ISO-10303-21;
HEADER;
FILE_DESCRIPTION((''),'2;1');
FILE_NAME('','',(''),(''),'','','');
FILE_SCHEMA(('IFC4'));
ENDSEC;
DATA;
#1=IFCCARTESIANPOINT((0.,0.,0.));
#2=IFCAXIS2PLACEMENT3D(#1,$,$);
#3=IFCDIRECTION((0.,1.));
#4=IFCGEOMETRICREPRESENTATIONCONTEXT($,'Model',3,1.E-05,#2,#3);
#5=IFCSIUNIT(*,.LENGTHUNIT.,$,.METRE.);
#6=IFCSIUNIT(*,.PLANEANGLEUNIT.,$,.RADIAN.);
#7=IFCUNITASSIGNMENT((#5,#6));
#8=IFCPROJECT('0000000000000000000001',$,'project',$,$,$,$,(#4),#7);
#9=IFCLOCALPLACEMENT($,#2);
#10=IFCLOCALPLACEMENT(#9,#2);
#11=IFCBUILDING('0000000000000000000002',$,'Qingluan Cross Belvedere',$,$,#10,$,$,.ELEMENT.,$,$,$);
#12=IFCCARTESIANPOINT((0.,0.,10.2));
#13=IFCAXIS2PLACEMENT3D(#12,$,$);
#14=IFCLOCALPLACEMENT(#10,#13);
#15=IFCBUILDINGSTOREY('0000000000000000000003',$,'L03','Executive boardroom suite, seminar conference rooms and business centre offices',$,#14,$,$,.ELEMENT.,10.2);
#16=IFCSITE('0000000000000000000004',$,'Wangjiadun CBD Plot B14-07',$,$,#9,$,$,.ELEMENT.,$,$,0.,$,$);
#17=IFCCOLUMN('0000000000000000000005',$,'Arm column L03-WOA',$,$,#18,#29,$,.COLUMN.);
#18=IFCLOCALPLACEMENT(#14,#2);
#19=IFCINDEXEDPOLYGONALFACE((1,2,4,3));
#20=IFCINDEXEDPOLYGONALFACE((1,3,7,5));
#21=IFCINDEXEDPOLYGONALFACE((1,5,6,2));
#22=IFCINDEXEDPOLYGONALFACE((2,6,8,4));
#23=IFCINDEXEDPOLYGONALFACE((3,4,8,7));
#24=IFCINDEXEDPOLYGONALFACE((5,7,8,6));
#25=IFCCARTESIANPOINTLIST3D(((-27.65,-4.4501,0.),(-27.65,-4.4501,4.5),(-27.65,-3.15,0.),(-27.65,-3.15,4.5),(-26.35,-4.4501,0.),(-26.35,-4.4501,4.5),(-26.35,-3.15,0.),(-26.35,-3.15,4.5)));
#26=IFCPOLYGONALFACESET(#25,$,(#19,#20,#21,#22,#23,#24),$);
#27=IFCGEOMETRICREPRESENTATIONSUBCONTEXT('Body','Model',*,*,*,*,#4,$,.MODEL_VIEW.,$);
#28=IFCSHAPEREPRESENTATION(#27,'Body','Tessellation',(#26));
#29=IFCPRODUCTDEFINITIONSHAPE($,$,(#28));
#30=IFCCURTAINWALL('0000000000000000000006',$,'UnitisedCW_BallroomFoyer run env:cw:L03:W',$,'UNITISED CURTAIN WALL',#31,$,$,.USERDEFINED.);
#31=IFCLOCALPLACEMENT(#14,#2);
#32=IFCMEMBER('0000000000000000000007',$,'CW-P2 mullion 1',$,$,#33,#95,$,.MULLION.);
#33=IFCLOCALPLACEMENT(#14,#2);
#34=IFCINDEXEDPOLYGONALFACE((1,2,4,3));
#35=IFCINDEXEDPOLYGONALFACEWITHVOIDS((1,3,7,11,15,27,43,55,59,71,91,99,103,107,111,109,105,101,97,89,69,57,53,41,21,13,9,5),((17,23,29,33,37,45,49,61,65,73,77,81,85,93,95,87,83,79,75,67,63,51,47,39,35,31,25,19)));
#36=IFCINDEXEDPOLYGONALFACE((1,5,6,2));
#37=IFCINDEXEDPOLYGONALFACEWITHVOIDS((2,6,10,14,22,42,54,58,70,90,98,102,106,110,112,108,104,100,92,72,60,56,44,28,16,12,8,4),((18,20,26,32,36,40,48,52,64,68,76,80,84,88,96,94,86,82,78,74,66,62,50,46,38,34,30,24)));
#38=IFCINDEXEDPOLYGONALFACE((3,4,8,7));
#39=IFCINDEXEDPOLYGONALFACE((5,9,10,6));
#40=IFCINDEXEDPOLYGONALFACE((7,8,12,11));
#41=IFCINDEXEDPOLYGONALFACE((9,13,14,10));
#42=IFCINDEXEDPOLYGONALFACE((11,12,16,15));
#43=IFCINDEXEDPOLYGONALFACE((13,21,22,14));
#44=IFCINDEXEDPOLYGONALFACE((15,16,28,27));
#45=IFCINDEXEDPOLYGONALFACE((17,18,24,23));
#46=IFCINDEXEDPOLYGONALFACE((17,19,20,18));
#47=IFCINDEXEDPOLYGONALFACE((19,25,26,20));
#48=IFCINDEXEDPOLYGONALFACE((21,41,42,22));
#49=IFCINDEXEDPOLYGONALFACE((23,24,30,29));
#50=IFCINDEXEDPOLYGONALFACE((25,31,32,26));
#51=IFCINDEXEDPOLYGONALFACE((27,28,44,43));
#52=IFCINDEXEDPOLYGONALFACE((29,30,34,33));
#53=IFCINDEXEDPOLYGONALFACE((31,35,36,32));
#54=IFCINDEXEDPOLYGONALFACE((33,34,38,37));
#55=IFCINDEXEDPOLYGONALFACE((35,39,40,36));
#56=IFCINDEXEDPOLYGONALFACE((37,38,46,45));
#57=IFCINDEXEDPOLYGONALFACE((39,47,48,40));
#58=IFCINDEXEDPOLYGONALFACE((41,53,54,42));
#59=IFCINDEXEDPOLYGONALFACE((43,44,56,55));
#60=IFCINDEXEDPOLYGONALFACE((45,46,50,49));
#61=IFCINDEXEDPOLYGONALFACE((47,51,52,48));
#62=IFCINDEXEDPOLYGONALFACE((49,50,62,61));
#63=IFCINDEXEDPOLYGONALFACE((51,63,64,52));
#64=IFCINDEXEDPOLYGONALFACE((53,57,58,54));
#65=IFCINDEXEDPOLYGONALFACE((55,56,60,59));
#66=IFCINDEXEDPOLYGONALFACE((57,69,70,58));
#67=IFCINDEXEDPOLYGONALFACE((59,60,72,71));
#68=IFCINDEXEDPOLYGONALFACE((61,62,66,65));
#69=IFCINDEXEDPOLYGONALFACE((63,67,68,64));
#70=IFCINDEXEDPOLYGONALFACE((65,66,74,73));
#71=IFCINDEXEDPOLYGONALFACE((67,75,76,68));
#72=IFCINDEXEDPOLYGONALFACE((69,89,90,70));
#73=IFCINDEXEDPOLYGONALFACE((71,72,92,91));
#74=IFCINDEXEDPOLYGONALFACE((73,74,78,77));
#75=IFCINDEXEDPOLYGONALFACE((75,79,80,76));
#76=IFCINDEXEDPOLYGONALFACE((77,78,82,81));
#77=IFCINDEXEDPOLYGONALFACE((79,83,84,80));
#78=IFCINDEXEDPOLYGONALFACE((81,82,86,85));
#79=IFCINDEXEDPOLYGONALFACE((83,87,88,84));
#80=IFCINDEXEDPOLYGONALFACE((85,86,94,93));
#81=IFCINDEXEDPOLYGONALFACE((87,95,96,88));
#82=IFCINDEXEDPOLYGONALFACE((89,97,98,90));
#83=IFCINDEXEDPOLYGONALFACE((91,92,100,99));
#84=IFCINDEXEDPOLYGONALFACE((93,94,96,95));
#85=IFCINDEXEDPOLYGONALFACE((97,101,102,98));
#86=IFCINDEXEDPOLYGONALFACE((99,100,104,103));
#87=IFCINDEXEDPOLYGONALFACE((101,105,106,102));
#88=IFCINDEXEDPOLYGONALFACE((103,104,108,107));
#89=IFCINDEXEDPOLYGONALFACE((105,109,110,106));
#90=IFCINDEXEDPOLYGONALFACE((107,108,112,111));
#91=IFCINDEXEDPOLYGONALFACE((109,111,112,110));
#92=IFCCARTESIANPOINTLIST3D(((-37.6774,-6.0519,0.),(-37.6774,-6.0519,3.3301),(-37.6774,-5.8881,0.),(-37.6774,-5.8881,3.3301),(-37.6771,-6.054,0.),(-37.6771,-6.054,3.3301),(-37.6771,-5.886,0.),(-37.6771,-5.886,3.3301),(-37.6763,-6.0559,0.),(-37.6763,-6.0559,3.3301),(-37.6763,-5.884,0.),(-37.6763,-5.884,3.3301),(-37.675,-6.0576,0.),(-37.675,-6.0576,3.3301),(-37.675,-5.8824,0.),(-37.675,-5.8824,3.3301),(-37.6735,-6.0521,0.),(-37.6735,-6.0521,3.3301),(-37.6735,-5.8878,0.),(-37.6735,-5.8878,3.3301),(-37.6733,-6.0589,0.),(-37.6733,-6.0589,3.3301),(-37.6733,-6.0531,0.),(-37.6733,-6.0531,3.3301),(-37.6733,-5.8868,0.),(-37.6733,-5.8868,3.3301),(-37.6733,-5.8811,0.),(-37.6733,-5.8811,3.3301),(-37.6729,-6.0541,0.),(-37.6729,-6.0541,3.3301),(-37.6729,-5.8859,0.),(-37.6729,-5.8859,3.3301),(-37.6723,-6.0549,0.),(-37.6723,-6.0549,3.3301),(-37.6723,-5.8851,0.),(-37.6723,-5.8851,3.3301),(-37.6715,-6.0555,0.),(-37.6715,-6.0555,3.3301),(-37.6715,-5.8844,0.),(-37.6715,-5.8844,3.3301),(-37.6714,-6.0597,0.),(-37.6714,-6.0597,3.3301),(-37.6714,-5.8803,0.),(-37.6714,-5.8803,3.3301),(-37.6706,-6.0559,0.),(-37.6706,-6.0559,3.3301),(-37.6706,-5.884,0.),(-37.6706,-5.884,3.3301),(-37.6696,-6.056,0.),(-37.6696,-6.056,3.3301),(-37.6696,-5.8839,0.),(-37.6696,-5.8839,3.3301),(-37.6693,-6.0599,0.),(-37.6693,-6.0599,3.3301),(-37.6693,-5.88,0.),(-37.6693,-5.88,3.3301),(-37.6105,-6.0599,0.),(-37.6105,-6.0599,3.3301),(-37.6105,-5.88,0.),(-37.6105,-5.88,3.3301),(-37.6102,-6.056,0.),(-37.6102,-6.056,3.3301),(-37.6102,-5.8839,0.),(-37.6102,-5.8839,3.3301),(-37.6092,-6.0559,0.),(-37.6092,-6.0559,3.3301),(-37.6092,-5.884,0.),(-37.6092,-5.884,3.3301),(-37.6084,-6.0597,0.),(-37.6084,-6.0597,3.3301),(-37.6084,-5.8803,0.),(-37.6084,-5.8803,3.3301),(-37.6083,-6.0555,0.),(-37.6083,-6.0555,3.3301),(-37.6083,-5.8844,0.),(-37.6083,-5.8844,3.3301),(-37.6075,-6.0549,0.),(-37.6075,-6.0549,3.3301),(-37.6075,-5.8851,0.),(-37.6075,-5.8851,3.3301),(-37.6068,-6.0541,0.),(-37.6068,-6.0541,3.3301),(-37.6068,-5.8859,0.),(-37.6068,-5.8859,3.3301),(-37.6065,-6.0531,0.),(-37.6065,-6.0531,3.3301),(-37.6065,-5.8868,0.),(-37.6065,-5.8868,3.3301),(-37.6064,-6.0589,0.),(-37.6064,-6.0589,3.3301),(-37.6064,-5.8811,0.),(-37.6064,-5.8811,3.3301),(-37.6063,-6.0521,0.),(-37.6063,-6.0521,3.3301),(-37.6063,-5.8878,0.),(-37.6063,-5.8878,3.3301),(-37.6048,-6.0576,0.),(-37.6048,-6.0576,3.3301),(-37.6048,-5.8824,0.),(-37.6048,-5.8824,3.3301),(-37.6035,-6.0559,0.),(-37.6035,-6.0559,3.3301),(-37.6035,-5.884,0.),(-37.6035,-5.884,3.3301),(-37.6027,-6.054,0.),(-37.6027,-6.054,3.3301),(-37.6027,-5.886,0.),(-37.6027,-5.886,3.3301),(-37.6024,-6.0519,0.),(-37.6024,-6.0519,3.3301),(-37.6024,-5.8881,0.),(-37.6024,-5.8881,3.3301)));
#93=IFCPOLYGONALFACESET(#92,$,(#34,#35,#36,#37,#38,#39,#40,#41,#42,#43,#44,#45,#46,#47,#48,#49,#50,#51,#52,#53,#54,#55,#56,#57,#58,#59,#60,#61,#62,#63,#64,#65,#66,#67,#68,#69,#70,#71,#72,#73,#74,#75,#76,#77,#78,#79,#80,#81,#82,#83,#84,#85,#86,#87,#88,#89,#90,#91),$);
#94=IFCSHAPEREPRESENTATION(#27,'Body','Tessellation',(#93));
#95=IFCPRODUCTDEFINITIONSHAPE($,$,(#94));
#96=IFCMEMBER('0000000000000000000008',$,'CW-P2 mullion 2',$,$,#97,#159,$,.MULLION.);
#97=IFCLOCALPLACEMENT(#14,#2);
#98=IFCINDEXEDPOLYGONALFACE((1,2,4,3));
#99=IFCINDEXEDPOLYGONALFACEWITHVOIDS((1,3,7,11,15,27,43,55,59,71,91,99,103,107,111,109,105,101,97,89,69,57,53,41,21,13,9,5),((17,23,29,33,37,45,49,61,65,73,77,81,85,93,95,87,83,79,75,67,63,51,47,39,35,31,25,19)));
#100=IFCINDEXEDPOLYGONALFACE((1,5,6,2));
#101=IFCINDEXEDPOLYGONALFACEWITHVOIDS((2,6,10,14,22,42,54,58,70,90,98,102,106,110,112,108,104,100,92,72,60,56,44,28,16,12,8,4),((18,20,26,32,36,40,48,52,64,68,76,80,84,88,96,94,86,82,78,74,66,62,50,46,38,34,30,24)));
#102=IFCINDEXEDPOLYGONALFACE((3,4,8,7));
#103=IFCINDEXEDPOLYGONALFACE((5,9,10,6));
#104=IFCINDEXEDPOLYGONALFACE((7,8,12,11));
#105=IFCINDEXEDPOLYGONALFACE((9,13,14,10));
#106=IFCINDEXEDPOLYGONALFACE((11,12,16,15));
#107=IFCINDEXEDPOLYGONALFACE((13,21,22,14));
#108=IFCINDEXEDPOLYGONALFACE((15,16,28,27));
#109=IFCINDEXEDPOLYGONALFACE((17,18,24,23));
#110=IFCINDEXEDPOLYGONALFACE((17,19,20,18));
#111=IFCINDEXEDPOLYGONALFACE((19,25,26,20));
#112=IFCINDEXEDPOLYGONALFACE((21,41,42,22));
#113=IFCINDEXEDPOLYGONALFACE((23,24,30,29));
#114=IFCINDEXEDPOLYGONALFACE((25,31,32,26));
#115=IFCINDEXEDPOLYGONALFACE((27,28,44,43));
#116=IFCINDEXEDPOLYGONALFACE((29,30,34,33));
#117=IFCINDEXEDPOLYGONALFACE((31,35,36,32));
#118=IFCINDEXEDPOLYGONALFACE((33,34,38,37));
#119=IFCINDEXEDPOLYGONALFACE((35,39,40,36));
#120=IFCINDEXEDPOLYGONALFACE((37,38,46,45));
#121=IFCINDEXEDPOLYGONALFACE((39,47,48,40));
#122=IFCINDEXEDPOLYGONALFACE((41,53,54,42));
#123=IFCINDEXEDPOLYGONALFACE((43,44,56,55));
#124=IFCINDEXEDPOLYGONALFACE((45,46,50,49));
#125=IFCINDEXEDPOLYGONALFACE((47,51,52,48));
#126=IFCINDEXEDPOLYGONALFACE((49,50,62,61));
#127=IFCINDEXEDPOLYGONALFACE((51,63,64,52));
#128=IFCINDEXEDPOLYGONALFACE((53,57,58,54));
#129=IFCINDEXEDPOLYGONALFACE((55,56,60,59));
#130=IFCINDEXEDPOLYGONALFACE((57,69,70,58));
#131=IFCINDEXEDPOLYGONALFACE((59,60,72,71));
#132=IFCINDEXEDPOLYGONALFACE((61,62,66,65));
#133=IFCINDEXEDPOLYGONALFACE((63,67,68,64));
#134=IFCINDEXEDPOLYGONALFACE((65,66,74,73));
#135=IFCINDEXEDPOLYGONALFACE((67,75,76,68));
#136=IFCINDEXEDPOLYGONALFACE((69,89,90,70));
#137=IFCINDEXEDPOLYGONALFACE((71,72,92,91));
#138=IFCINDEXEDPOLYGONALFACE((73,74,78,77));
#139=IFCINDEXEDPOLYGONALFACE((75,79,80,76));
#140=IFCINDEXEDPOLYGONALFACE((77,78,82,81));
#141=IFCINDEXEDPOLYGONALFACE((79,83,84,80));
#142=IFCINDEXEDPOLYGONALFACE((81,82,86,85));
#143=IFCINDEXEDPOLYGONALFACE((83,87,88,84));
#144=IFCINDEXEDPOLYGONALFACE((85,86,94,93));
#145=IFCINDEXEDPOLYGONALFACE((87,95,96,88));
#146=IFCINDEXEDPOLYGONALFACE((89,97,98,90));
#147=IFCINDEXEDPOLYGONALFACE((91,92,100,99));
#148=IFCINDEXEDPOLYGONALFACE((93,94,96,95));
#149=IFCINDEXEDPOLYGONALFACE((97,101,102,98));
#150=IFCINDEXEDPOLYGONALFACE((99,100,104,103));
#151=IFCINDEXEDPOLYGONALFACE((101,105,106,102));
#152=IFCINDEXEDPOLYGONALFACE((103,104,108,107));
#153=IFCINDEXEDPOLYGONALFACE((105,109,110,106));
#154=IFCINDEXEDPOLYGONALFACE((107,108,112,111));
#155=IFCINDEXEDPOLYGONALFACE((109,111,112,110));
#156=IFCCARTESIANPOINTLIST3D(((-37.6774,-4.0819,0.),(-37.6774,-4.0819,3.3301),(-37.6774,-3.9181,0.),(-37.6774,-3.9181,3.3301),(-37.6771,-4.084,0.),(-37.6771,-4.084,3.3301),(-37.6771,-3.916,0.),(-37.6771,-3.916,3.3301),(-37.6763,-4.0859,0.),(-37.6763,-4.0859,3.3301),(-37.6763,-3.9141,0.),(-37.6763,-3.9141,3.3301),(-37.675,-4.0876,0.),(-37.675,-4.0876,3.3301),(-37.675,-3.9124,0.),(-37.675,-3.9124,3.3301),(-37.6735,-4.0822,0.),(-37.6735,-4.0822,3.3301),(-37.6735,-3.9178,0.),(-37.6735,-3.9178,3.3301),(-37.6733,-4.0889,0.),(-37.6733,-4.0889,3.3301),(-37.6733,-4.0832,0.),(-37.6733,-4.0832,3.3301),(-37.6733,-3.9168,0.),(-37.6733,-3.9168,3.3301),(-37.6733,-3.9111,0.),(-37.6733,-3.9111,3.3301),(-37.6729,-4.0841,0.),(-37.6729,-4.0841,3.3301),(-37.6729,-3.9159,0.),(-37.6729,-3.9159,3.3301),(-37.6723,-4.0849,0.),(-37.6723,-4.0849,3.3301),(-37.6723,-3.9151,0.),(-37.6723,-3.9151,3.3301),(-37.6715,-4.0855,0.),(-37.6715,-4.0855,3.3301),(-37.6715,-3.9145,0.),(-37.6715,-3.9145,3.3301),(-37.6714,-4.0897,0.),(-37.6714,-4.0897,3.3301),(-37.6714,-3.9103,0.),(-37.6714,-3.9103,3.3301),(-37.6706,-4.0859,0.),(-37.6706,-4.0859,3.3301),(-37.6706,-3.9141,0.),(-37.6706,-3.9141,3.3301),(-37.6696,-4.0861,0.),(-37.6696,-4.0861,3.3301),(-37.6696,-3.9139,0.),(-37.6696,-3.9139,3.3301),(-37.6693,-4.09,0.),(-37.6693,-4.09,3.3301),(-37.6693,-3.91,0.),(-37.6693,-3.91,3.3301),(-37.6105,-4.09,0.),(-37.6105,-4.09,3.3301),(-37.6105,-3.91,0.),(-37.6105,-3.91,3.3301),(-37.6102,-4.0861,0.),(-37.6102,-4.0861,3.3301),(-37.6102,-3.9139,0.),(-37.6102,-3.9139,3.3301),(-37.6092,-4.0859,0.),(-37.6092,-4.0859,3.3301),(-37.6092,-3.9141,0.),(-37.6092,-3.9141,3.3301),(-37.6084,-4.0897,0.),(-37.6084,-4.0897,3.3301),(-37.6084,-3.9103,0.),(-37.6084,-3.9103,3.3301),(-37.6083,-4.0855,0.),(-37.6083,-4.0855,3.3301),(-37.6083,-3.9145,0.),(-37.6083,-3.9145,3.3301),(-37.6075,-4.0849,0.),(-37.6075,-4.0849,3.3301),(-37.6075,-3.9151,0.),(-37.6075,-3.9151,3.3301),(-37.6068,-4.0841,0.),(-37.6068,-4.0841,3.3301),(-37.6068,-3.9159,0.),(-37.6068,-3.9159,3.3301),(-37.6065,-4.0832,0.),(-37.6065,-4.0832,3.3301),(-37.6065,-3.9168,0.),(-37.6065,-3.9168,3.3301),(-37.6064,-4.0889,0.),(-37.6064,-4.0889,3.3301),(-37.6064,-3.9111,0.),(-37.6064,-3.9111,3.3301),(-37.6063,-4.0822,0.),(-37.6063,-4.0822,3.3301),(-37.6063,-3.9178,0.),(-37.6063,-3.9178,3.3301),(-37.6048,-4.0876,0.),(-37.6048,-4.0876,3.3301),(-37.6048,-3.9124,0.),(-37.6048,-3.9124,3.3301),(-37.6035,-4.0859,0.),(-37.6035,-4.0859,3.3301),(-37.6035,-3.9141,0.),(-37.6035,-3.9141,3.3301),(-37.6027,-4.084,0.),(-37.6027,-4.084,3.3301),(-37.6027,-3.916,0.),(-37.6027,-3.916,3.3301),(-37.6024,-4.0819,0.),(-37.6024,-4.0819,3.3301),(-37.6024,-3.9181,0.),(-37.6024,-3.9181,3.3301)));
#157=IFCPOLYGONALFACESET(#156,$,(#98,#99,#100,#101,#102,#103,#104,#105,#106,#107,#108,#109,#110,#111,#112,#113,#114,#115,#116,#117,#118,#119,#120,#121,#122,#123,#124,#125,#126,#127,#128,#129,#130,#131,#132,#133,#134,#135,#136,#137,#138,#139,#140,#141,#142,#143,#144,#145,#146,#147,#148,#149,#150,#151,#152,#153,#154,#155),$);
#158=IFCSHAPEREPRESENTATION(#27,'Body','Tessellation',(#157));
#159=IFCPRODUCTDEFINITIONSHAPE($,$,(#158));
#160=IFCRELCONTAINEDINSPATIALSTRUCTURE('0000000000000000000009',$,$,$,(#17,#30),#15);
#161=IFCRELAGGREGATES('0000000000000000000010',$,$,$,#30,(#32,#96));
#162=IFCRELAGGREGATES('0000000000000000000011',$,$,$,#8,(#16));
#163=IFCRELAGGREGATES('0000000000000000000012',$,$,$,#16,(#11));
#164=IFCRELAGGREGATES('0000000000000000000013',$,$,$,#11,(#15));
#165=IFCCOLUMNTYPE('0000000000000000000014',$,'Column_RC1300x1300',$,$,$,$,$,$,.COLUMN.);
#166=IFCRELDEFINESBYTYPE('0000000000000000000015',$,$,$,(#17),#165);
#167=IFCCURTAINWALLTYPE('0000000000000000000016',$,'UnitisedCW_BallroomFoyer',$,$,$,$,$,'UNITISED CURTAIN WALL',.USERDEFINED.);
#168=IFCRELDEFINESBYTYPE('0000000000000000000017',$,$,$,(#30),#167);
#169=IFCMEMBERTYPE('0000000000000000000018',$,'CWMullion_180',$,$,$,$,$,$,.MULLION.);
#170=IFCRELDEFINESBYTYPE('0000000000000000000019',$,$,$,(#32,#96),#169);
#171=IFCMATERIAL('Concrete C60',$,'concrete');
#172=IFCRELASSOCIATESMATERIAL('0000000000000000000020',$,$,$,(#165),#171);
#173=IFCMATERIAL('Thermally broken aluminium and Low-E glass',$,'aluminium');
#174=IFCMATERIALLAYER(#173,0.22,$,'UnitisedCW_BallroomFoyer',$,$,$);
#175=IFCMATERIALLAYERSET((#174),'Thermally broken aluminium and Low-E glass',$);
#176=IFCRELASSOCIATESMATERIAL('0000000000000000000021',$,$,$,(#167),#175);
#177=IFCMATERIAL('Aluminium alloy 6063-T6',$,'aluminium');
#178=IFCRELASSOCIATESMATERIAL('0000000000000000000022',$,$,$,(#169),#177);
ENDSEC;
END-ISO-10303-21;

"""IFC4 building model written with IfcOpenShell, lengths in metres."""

from ifc_helpers import new_model, si_unit, direction, frame, origin, origin_2d, place, context, subcontext, project, spatial, rectangle, hollow_rectangle, extrude, material, layer, layer_set, material_profile, profile_set, type_object, element, aggregate, save


model = new_model("IFC4")

# Units and contexts
model_context = context("Model", 3, precision=1e-05, world=origin(), true_north=direction((0.0, 1.0)))
body_context = subcontext(model_context, "Body", "Model", "MODEL_VIEW")
ifc_project = project(units=[si_unit("LENGTHUNIT", "METRE"), si_unit("PLANEANGLEUNIT", "RADIAN")], contexts=[model_context])

# Site, building, storey
site_placement = place(None, origin())
site = spatial("IfcSite", under=ifc_project, at=site_placement, Name="Wangjiadun CBD Plot B14-07", CompositionType="ELEMENT", RefElevation=0.0)
building_placement = place(site_placement, origin())
building = spatial("IfcBuilding", under=site, at=building_placement, Name="Qingluan Cross Belvedere", CompositionType="ELEMENT")
storey_placement = place(building_placement, frame((0.0, 0.0, 10.2)))
storey = spatial("IfcBuildingStorey", under=building, at=storey_placement, Name="L03", Description="Executive boardroom suite, seminar conference rooms and business centre offices", CompositionType="ELEMENT", Elevation=10.2)

# Column
ifc_material_1 = material(Name="Concrete C60", Category="concrete")
ifc_material_profile_1 = material_profile(ifc_material_1, rectangle(XDim=1.3, YDim=1.3, at=origin_2d()), Name="RC1300x1300")
ifc_profile_set_1 = profile_set([ifc_material_profile_1], Name="Concrete C60")
column_type = type_object("IfcColumnType", Name="Column_RC1300x1300", PredefinedType="COLUMN", material=ifc_profile_set_1)
column_placement = place(storey_placement, frame((-27.0, -3.8, 0.0), z_axis=(0.0, 0.0, 1.0), x_axis=(1.0, 0.0, 0.0)))
element("IfcColumn", 1, at=column_placement, inside=storey, type_object=column_type, Name="Arm column L03-WOA", PredefinedType="COLUMN", context=body_context, shape_type="SweptSolid", body=[
    extrude(rectangle(XDim=1.3, YDim=1.3, at=origin_2d()), origin(), (0.0, 0.0, 1.0), 4.5),
])

# Curtain wall, members
ifc_material_2 = material(Name="Thermally broken aluminium and Low-E glass", Category="aluminium")
ifc_layer_1 = layer(ifc_material_2, 0.22, Name="UnitisedCW_BallroomFoyer")
ifc_layer_set_1 = layer_set([ifc_layer_1], Name="Thermally broken aluminium and Low-E glass")
curtain_wall_type = type_object("IfcCurtainWallType", Name="UnitisedCW_BallroomFoyer", ElementType="UNITISED CURTAIN WALL", PredefinedType="USERDEFINED", material=ifc_layer_set_1)
curtain_wall_placement = place(storey_placement, origin())
curtain_wall = element("IfcCurtainWall", 2, at=curtain_wall_placement, inside=storey, type_object=curtain_wall_type, Name="UnitisedCW_BallroomFoyer run env:cw:L03:W", ObjectType="UNITISED CURTAIN WALL", PredefinedType="USERDEFINED")
ifc_material_3 = material(Name="Aluminium alloy 6063-T6", Category="aluminium")
ifc_material_profile_2 = material_profile(ifc_material_3, hollow_rectangle(XDim=0.075, YDim=0.1799, WallThickness=0.0039, InnerFilletRadius=0.0039, OuterFilletRadius=0.0081, at=origin_2d()), Name="CWM180x75x4")
ifc_profile_set_2 = profile_set([ifc_material_profile_2], Name="Aluminium alloy 6063-T6")
member_type_1 = type_object("IfcMemberType", Name="CWMullion_180", PredefinedType="MULLION", material=ifc_profile_set_2)
member_1_placement = place(storey_placement, frame((-37.6399, -5.97, 0.0), z_axis=(0.0, 0.0, 1.0), x_axis=(-1.0, 0.0, 0.0)))
member_1 = element("IfcMember", 3, at=member_1_placement, type_object=member_type_1, Name="CW-P2 mullion 1", PredefinedType="MULLION", context=body_context, shape_type="SweptSolid", body=[
    extrude(hollow_rectangle(XDim=0.075, YDim=0.1799, WallThickness=0.0039, InnerFilletRadius=0.0039, OuterFilletRadius=0.0081, at=origin_2d()), origin(), (0.0, 0.0, 1.0), 3.3301),
])
member_2_placement = place(storey_placement, frame((-37.6399, -4.0, 0.0), z_axis=(0.0, 0.0, 1.0), x_axis=(-1.0, 0.0, 0.0)))
member_2 = element("IfcMember", 4, at=member_2_placement, type_object=member_type_1, Name="CW-P2 mullion 2", PredefinedType="MULLION", context=body_context, shape_type="SweptSolid", body=[
    extrude(hollow_rectangle(XDim=0.075, YDim=0.1799, WallThickness=0.0039, InnerFilletRadius=0.0039, OuterFilletRadius=0.0081, at=origin_2d()), origin(), (0.0, 0.0, 1.0), 3.3301),
])
aggregate(curtain_wall, [member_1, member_2])

save(model, "model.ifc")
